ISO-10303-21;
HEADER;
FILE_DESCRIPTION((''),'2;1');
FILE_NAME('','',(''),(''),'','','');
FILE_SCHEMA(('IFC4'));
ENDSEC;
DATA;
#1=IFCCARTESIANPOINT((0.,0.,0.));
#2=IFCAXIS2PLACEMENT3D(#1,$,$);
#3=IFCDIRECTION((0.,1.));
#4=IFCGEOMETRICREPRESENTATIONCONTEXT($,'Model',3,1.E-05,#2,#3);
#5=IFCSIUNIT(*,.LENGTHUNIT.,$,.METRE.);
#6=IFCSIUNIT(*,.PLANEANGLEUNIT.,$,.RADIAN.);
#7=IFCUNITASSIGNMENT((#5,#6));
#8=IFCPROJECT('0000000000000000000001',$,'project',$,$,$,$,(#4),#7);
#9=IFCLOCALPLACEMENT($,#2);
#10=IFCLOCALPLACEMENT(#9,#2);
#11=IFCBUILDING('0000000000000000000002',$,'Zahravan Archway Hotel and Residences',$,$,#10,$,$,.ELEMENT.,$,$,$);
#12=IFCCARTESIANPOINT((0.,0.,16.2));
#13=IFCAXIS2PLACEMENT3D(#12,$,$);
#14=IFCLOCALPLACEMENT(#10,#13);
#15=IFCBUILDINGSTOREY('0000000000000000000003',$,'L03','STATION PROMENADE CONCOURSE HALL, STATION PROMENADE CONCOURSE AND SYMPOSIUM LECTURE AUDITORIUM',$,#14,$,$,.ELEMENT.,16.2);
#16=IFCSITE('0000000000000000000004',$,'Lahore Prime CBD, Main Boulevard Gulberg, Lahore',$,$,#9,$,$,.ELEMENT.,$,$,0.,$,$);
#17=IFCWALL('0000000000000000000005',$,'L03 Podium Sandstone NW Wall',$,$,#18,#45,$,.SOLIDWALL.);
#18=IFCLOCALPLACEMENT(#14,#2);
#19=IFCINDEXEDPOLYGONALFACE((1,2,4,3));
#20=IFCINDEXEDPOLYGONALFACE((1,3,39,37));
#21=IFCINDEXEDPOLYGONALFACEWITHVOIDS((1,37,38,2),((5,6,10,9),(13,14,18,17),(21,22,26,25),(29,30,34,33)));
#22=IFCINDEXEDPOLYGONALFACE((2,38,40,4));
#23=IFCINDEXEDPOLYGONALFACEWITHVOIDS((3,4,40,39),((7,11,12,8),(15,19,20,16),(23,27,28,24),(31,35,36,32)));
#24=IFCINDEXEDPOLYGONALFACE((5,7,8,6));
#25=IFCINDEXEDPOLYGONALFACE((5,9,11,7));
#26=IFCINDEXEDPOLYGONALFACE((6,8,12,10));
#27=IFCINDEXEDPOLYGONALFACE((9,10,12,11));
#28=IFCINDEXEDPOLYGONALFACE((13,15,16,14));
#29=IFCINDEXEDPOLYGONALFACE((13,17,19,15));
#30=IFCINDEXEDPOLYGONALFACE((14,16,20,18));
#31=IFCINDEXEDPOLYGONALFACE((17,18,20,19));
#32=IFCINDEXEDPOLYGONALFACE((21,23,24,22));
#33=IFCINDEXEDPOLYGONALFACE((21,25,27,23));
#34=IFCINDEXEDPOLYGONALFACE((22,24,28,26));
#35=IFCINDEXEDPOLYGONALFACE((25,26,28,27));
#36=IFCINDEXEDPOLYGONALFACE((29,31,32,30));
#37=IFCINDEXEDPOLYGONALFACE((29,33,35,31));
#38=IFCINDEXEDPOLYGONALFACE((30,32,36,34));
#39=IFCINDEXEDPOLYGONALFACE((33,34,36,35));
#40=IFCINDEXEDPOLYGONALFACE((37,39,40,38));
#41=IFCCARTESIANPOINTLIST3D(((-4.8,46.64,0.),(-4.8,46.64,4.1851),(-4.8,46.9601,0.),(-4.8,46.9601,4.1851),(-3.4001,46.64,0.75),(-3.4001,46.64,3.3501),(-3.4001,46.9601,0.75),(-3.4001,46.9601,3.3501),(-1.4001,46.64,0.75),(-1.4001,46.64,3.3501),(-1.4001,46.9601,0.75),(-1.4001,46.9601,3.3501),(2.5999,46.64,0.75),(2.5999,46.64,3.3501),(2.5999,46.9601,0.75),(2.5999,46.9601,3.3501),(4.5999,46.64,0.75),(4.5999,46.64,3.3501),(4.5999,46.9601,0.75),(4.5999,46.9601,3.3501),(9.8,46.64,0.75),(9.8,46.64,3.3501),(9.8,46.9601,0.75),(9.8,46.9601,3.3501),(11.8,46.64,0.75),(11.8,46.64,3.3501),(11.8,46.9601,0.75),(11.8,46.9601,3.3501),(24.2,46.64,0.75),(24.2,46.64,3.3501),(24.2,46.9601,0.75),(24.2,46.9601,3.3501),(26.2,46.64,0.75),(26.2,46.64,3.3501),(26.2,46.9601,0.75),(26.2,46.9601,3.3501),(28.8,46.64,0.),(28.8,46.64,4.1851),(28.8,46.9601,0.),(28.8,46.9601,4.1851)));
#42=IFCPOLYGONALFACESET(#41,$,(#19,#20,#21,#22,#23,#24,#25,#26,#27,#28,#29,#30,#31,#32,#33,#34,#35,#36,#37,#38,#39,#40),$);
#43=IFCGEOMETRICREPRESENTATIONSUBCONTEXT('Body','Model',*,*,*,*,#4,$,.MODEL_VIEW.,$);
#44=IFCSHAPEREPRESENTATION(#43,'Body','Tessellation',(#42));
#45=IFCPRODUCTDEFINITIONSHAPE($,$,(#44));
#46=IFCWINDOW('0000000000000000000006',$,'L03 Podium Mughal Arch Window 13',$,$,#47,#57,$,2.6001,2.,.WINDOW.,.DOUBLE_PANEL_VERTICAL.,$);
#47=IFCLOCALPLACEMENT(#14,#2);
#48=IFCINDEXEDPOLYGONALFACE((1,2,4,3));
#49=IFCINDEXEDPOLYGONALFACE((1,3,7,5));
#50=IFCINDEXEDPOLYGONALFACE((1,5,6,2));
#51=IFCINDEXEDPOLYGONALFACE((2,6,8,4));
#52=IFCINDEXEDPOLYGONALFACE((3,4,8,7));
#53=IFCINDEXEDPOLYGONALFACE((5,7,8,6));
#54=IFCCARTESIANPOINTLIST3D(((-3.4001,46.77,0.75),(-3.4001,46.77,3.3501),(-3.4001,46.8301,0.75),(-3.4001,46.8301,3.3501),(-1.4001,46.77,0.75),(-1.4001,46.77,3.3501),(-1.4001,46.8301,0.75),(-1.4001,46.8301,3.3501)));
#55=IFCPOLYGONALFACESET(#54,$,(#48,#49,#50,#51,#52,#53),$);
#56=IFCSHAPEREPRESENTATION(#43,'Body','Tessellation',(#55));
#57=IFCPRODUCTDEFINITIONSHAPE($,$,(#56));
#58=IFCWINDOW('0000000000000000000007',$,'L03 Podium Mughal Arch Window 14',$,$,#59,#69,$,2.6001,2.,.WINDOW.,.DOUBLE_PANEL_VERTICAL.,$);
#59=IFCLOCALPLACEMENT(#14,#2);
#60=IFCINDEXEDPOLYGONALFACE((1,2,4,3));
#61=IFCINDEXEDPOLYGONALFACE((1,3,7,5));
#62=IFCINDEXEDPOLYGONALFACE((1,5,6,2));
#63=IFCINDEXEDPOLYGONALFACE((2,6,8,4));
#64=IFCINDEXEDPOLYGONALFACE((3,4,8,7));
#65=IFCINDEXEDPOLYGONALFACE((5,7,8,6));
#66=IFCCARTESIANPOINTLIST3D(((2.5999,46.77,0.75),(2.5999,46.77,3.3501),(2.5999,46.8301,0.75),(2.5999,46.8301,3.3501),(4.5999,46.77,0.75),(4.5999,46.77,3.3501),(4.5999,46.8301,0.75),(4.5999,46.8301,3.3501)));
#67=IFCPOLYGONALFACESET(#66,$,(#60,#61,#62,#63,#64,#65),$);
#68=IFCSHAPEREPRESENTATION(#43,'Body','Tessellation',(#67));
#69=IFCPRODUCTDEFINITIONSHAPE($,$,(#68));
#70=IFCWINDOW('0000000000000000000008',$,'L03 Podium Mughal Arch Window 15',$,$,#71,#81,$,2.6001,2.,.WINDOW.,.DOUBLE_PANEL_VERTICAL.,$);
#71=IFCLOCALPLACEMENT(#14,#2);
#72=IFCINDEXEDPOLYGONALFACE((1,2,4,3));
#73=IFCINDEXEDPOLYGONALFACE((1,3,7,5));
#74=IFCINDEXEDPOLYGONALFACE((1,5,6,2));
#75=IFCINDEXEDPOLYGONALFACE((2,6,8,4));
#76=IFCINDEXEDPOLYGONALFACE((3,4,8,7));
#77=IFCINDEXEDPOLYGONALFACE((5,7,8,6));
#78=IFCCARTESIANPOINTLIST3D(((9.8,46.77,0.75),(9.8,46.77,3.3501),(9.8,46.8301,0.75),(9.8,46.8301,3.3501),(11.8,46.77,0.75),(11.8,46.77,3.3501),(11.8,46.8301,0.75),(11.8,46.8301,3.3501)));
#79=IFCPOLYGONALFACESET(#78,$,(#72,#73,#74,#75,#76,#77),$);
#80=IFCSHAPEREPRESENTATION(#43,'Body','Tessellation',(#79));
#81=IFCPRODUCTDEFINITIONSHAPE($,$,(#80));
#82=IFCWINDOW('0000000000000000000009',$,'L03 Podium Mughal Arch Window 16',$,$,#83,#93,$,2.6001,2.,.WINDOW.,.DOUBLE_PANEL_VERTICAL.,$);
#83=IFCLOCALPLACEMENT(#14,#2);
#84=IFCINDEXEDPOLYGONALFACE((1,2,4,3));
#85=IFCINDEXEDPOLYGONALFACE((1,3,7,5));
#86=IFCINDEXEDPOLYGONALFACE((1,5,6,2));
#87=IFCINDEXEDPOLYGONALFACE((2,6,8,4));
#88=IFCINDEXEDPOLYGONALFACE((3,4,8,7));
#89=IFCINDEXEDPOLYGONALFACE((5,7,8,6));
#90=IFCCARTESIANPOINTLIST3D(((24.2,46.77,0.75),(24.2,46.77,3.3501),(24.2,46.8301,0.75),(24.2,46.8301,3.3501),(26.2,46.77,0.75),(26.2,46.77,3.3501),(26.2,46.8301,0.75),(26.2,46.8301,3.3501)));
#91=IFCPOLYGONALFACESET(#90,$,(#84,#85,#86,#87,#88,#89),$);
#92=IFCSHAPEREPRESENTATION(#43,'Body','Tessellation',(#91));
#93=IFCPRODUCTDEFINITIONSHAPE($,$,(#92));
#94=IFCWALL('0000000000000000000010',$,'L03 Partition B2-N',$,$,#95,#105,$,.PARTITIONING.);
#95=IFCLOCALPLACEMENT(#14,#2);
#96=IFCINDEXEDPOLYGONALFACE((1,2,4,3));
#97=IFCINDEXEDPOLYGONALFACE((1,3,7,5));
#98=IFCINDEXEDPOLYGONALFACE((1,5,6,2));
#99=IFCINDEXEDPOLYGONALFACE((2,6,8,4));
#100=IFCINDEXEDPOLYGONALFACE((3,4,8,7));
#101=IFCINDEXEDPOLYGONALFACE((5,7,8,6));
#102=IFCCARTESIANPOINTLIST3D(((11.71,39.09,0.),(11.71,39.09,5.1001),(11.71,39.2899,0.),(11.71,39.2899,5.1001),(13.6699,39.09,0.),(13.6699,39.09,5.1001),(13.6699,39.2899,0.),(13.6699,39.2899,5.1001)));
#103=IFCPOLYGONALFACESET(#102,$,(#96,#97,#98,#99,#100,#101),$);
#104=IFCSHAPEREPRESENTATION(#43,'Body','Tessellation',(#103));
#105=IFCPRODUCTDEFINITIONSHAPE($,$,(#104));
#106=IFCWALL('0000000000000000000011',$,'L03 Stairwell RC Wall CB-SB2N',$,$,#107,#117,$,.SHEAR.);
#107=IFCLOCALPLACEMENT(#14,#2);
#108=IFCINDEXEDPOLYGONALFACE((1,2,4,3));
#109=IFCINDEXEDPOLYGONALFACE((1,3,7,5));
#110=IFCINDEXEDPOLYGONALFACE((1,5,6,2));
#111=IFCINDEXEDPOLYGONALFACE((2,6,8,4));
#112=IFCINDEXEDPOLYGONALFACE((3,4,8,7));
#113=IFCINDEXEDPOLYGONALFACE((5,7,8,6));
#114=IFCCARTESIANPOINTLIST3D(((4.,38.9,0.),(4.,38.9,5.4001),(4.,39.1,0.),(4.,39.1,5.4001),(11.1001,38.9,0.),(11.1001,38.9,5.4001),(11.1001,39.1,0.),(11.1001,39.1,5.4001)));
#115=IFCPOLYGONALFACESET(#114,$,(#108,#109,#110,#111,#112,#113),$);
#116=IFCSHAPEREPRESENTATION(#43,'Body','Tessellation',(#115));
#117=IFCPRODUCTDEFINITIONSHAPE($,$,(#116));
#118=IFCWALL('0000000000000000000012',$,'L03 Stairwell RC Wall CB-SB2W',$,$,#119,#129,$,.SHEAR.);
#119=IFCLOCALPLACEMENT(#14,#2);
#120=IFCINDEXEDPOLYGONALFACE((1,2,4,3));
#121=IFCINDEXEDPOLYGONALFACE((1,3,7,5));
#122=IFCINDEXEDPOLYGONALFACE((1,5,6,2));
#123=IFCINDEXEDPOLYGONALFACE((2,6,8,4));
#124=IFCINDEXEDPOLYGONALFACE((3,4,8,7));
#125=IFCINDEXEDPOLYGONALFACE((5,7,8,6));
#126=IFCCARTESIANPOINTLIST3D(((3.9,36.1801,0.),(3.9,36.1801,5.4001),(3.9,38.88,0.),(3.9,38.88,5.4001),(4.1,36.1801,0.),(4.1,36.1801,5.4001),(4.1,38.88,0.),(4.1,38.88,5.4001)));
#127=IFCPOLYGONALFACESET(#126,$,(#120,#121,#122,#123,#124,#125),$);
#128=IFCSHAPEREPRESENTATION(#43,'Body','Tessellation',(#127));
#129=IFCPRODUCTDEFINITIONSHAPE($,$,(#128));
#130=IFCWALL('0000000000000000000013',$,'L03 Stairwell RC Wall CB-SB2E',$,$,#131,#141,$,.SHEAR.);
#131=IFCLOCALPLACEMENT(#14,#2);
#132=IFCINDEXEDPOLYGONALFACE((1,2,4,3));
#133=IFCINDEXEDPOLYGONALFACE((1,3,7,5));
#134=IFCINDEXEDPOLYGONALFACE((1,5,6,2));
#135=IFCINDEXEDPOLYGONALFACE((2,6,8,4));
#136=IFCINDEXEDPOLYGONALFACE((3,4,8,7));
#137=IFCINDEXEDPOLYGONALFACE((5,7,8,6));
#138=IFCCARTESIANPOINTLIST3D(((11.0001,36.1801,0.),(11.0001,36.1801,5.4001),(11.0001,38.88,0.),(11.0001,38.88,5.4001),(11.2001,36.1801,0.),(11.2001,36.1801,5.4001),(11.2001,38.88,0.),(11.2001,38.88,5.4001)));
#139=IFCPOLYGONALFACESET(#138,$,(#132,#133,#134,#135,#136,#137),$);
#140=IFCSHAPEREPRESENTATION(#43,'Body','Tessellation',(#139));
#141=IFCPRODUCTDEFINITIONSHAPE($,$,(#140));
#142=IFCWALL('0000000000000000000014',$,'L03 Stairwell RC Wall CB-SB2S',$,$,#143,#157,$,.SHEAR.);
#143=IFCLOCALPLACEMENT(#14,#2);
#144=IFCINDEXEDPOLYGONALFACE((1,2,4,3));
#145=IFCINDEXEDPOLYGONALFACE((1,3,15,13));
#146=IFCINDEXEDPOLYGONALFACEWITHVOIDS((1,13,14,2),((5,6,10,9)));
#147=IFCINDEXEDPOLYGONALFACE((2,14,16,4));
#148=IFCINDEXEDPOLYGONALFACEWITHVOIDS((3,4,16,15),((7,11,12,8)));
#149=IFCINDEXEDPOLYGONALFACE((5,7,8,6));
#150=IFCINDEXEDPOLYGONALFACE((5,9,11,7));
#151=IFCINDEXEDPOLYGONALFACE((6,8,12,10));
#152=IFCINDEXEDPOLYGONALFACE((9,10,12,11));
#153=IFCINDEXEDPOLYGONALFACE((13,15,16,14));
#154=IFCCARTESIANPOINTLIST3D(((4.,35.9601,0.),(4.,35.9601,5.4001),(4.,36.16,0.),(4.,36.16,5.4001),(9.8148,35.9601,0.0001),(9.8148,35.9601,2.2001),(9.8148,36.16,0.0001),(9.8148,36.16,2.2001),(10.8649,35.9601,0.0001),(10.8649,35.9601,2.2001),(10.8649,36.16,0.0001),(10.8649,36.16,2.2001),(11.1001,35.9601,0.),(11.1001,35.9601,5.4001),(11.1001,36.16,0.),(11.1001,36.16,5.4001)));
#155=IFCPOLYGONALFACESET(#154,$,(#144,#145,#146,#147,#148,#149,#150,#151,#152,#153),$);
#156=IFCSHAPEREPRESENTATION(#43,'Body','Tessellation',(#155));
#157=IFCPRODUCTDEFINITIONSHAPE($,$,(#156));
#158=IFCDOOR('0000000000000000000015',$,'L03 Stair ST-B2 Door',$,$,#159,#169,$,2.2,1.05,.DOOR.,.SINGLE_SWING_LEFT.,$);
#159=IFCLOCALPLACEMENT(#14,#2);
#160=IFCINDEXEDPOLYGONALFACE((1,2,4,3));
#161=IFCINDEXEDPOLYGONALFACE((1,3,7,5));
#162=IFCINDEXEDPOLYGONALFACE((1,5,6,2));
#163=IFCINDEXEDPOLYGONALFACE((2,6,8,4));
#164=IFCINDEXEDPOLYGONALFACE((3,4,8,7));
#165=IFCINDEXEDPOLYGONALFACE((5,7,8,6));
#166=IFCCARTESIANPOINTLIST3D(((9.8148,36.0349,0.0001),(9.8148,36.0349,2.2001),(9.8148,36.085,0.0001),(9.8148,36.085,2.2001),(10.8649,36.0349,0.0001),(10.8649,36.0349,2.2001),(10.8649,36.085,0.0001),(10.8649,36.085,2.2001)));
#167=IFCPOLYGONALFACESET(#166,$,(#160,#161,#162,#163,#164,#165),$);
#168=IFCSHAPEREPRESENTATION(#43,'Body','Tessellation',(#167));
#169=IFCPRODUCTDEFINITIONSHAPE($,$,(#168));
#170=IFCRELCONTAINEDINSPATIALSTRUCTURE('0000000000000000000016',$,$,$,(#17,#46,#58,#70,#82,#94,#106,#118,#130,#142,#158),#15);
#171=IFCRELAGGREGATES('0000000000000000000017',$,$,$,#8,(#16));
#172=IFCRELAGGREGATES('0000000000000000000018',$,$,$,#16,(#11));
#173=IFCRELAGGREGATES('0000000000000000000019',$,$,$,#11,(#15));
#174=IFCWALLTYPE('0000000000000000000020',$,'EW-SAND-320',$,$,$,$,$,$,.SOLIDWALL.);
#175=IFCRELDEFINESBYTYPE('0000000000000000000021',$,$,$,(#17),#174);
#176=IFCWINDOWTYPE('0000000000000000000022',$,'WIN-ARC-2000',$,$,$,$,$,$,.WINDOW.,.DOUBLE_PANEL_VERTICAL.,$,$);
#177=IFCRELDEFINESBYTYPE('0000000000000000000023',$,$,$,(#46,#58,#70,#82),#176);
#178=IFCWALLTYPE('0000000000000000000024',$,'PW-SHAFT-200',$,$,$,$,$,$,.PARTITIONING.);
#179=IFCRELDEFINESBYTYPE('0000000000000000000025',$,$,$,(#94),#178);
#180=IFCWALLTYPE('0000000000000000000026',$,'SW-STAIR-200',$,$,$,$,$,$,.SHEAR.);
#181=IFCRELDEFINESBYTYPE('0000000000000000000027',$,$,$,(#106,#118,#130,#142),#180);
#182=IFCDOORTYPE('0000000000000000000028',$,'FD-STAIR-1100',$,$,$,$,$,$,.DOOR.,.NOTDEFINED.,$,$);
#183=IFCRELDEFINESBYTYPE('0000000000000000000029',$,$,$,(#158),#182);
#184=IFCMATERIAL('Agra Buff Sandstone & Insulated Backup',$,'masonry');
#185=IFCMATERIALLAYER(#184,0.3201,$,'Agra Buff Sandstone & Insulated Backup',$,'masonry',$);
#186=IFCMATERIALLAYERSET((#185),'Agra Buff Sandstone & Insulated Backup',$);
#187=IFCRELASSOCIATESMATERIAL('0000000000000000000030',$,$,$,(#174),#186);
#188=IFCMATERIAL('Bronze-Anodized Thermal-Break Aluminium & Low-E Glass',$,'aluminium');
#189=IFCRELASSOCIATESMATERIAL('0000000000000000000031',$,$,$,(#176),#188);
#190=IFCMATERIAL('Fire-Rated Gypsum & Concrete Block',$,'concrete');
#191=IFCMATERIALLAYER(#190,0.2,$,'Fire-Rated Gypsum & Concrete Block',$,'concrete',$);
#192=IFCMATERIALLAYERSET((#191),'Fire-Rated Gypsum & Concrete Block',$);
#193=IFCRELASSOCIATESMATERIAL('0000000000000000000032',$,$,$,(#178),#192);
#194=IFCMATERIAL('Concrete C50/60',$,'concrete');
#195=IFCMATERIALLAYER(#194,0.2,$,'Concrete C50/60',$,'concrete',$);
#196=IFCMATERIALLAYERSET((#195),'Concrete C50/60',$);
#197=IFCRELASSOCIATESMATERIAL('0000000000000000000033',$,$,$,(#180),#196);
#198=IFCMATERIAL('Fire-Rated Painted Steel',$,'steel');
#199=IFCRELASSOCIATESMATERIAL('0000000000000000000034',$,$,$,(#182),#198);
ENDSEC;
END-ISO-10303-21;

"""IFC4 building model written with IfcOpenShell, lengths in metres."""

from ifc_helpers import new_model, si_unit, direction, frame, frame_2d, origin, place, context, subcontext, project, spatial, rectangle, extrude, source, transform, mapped, material, layer, layer_set, type_object, type_shapes, element, fill, save


model = new_model("IFC4")

# Units and contexts
model_context = context("Model", 3, precision=1e-05, world=origin(), true_north=direction((0.0, 1.0)))
body_context = subcontext(model_context, "Body", "Model", "MODEL_VIEW")
ifc_project = project(units=[si_unit("LENGTHUNIT", "METRE"), si_unit("PLANEANGLEUNIT", "RADIAN")], contexts=[model_context])

# Site, building, storey
site_placement = place(None, origin())
site = spatial("IfcSite", under=ifc_project, at=site_placement, Name="Lahore Prime CBD, Main Boulevard Gulberg, Lahore", CompositionType="ELEMENT", RefElevation=0.0)
building_placement = place(site_placement, origin())
building = spatial("IfcBuilding", under=site, at=building_placement, Name="Zahravan Archway Hotel and Residences", CompositionType="ELEMENT")
storey_placement = place(building_placement, frame((0.0, 0.0, 16.2)))
storey = spatial("IfcBuildingStorey", under=building, at=storey_placement, Name="L03", Description="STATION PROMENADE CONCOURSE HALL, STATION PROMENADE CONCOURSE AND SYMPOSIUM LECTURE AUDITORIUM", CompositionType="ELEMENT", Elevation=16.2)

# Wall, openings, windows
ifc_material_1 = material(Name="Agra Buff Sandstone & Insulated Backup", Category="masonry")
ifc_layer_1 = layer(ifc_material_1, 0.3201, Name="Agra Buff Sandstone & Insulated Backup", Category="masonry")
ifc_layer_set_1 = layer_set([ifc_layer_1], Name="Agra Buff Sandstone & Insulated Backup")
wall_type_1 = type_object("IfcWallType", Name="EW-SAND-320", PredefinedType="SOLIDWALL", material=ifc_layer_set_1)
wall_1_placement = place(storey_placement, frame((-4.8, 46.8, 0.0), z_axis=(0.0, 0.0, 1.0), x_axis=(1.0, 0.0, 0.0)))
wall_1 = element("IfcWall", 1, at=wall_1_placement, inside=storey, type_object=wall_type_1, Name="L03 Podium Sandstone NW Wall", PredefinedType="SOLIDWALL", context=body_context, shape_type="SweptSolid", body=[
    extrude(rectangle(XDim=33.6001, YDim=0.3201, at=frame_2d((16.8, 0.0))), origin(), (0.0, 0.0, 1.0), 4.1851),
])
opening_1_placement = place(wall_1_placement, frame((1.3999, 0.0, 0.75)))
opening_1 = element("IfcOpeningElement", 2, at=opening_1_placement, cuts=wall_1, PredefinedType="OPENING", context=body_context, shape_type="SweptSolid", body=[
    extrude(rectangle(XDim=2.0, YDim=2.6001, at=frame_2d((1.0, 1.3))), frame((0.0, 0.1699, 0.0), z_axis=(0.0, -1.0, 0.0), x_axis=(1.0, 0.0, 0.0)), (0.0, 0.0, 1.0), 0.3401),
])
opening_2_placement = place(wall_1_placement, frame((7.3999, 0.0, 0.75)))
opening_2 = element("IfcOpeningElement", 3, at=opening_2_placement, cuts=wall_1, PredefinedType="OPENING", context=body_context, shape_type="SweptSolid", body=[
    extrude(rectangle(XDim=2.0, YDim=2.6001, at=frame_2d((1.0, 1.3))), frame((0.0, 0.1699, 0.0), z_axis=(0.0, -1.0, 0.0), x_axis=(1.0, 0.0, 0.0)), (0.0, 0.0, 1.0), 0.3401),
])
opening_3_placement = place(wall_1_placement, frame((14.6001, 0.0, 0.75)))
opening_3 = element("IfcOpeningElement", 4, at=opening_3_placement, cuts=wall_1, PredefinedType="OPENING", context=body_context, shape_type="SweptSolid", body=[
    extrude(rectangle(XDim=2.0, YDim=2.6001, at=frame_2d((1.0, 1.3))), frame((0.0, 0.1699, 0.0), z_axis=(0.0, -1.0, 0.0), x_axis=(1.0, 0.0, 0.0)), (0.0, 0.0, 1.0), 0.3401),
])
opening_4_placement = place(wall_1_placement, frame((29.0, 0.0, 0.75)))
opening_4 = element("IfcOpeningElement", 5, at=opening_4_placement, cuts=wall_1, PredefinedType="OPENING", context=body_context, shape_type="SweptSolid", body=[
    extrude(rectangle(XDim=2.0, YDim=2.6001, at=frame_2d((1.0, 1.3))), frame((0.0, 0.1699, 0.0), z_axis=(0.0, -1.0, 0.0), x_axis=(1.0, 0.0, 0.0)), (0.0, 0.0, 1.0), 0.3401),
])
ifc_material_2 = material(Name="Bronze-Anodized Thermal-Break Aluminium & Low-E Glass", Category="aluminium")
window_type = type_object("IfcWindowType", Name="WIN-ARC-2000", PartitioningType="DOUBLE_PANEL_VERTICAL", PredefinedType="WINDOW", material=ifc_material_2)
shared_shape_1 = source(origin(), body_context, "Body", "SweptSolid", [
    extrude(rectangle(XDim=2.0, YDim=2.6001, at=frame_2d((1.0, 1.3))), frame((0.0, 0.03, 0.0), z_axis=(0.0, -1.0, 0.0), x_axis=(1.0, 0.0, 0.0)), (0.0, 0.0, 1.0), 0.0601),
])
type_shapes(window_type, [shared_shape_1])
window_1_placement = place(opening_1_placement, origin())
window_1 = element("IfcWindow", 6, at=window_1_placement, inside=storey, type_object=window_type, Name="L03 Podium Mughal Arch Window 13", OverallHeight=2.6001, OverallWidth=2.0, PartitioningType="DOUBLE_PANEL_VERTICAL", PredefinedType="WINDOW", context=body_context, shape_type="MappedRepresentation", body=[
    mapped(shared_shape_1, transform((0.0, 0.0, 0.0), scale=1.0)),
])
fill(opening_1, window_1)
window_2_placement = place(opening_2_placement, origin())
window_2 = element("IfcWindow", 7, at=window_2_placement, inside=storey, type_object=window_type, Name="L03 Podium Mughal Arch Window 14", OverallHeight=2.6001, OverallWidth=2.0, PartitioningType="DOUBLE_PANEL_VERTICAL", PredefinedType="WINDOW", context=body_context, shape_type="MappedRepresentation", body=[
    mapped(shared_shape_1, transform((0.0, 0.0, 0.0), scale=1.0)),
])
fill(opening_2, window_2)
window_3_placement = place(opening_3_placement, origin())
window_3 = element("IfcWindow", 8, at=window_3_placement, inside=storey, type_object=window_type, Name="L03 Podium Mughal Arch Window 15", OverallHeight=2.6001, OverallWidth=2.0, PartitioningType="DOUBLE_PANEL_VERTICAL", PredefinedType="WINDOW", context=body_context, shape_type="MappedRepresentation", body=[
    mapped(shared_shape_1, transform((0.0, 0.0, 0.0), scale=1.0)),
])
fill(opening_3, window_3)
window_4_placement = place(opening_4_placement, origin())
window_4 = element("IfcWindow", 9, at=window_4_placement, inside=storey, type_object=window_type, Name="L03 Podium Mughal Arch Window 16", OverallHeight=2.6001, OverallWidth=2.0, PartitioningType="DOUBLE_PANEL_VERTICAL", PredefinedType="WINDOW", context=body_context, shape_type="MappedRepresentation", body=[
    mapped(shared_shape_1, transform((0.0, 0.0, 0.0), scale=1.0)),
])
fill(opening_4, window_4)

# Walls
ifc_material_3 = material(Name="Fire-Rated Gypsum & Concrete Block", Category="concrete")
ifc_layer_2 = layer(ifc_material_3, 0.2, Name="Fire-Rated Gypsum & Concrete Block", Category="concrete")
ifc_layer_set_2 = layer_set([ifc_layer_2], Name="Fire-Rated Gypsum & Concrete Block")
wall_type_2 = type_object("IfcWallType", Name="PW-SHAFT-200", PredefinedType="PARTITIONING", material=ifc_layer_set_2)
wall_2_placement = place(storey_placement, frame((11.71, 39.1899, 0.0), z_axis=(0.0, 0.0, 1.0), x_axis=(1.0, 0.0, 0.0)))
element("IfcWall", 10, at=wall_2_placement, inside=storey, type_object=wall_type_2, Name="L03 Partition B2-N", PredefinedType="PARTITIONING", context=body_context, shape_type="SweptSolid", body=[
    extrude(rectangle(XDim=1.96, YDim=0.2, at=frame_2d((0.98, 0.0))), origin(), (0.0, 0.0, 1.0), 5.1001),
])
ifc_material_4 = material(Name="Concrete C50/60", Category="concrete")
ifc_layer_3 = layer(ifc_material_4, 0.2, Name="Concrete C50/60", Category="concrete")
ifc_layer_set_3 = layer_set([ifc_layer_3], Name="Concrete C50/60")
wall_type_3 = type_object("IfcWallType", Name="SW-STAIR-200", PredefinedType="SHEAR", material=ifc_layer_set_3)
wall_3_placement = place(storey_placement, frame((4.0, 39.0, 0.0), z_axis=(0.0, 0.0, 1.0), x_axis=(1.0, 0.0, 0.0)))
element("IfcWall", 11, at=wall_3_placement, inside=storey, type_object=wall_type_3, Name="L03 Stairwell RC Wall CB-SB2N", PredefinedType="SHEAR", context=body_context, shape_type="SweptSolid", body=[
    extrude(rectangle(XDim=7.1001, YDim=0.2, at=frame_2d((3.55, 0.0))), origin(), (0.0, 0.0, 1.0), 5.4001),
])
for number, where, z_axis, x_axis, name in (
    (12, (4.0, 36.1799, 0.0), (0.0, 0.0, 1.0), (0.0, 1.0, 0.0), "L03 Stairwell RC Wall CB-SB2W"),
    (13, (11.1001, 36.1799, 0.0), (0.0, 0.0, 1.0), (0.0, 1.0, 0.0), "L03 Stairwell RC Wall CB-SB2E"),
):
    element("IfcWall", number, at=place(storey_placement, frame(where, z_axis=z_axis, x_axis=x_axis)), inside=storey, type_object=wall_type_3, Name=name, PredefinedType="SHEAR", context=body_context, shape_type="SweptSolid", body=[
        extrude(rectangle(XDim=2.7, YDim=0.2, at=frame_2d((1.3501, 0.0))), origin(), (0.0, 0.0, 1.0), 5.4001),
    ])

# Wall, opening, door
wall_4_placement = place(storey_placement, frame((4.0, 36.0601, 0.0), z_axis=(0.0, 0.0, 1.0), x_axis=(1.0, 0.0, 0.0)))
wall_4 = element("IfcWall", 14, at=wall_4_placement, inside=storey, type_object=wall_type_3, Name="L03 Stairwell RC Wall CB-SB2S", PredefinedType="SHEAR", context=body_context, shape_type="SweptSolid", body=[
    extrude(rectangle(XDim=7.1001, YDim=0.2, at=frame_2d((3.55, 0.0))), origin(), (0.0, 0.0, 1.0), 5.4001),
])
opening_5_placement = place(wall_4_placement, frame((5.8149, 0.0, 0.0)))
opening_5 = element("IfcOpeningElement", 15, at=opening_5_placement, cuts=wall_4, PredefinedType="OPENING", context=body_context, shape_type="SweptSolid", body=[
    extrude(rectangle(XDim=1.05, YDim=2.2, at=frame_2d((0.5249, 1.1001))), frame((0.0, 0.1099, 0.0), z_axis=(0.0, -1.0, 0.0), x_axis=(1.0, 0.0, 0.0)), (0.0, 0.0, 1.0), 0.22),
])
ifc_material_5 = material(Name="Fire-Rated Painted Steel", Category="steel")
door_type = type_object("IfcDoorType", Name="FD-STAIR-1100", OperationType="NOTDEFINED", PredefinedType="DOOR", material=ifc_material_5)
shared_shape_2 = source(origin(), body_context, "Body", "SweptSolid", [
    extrude(rectangle(XDim=1.05, YDim=2.2, at=frame_2d((0.5249, 1.1001))), frame((0.0, 0.0249, 0.0), z_axis=(0.0, -1.0, 0.0), x_axis=(1.0, 0.0, 0.0)), (0.0, 0.0, 1.0), 0.05),
])
type_shapes(door_type, [shared_shape_2])
door_placement = place(opening_5_placement, origin())
door = element("IfcDoor", 16, at=door_placement, inside=storey, type_object=door_type, Name="L03 Stair ST-B2 Door", OperationType="SINGLE_SWING_LEFT", OverallHeight=2.2, OverallWidth=1.05, PredefinedType="DOOR", context=body_context, shape_type="MappedRepresentation", body=[
    mapped(shared_shape_2, transform((0.0, 0.0, 0.0), scale=1.0)),
])
fill(opening_5, door)

save(model, "model.ifc")
